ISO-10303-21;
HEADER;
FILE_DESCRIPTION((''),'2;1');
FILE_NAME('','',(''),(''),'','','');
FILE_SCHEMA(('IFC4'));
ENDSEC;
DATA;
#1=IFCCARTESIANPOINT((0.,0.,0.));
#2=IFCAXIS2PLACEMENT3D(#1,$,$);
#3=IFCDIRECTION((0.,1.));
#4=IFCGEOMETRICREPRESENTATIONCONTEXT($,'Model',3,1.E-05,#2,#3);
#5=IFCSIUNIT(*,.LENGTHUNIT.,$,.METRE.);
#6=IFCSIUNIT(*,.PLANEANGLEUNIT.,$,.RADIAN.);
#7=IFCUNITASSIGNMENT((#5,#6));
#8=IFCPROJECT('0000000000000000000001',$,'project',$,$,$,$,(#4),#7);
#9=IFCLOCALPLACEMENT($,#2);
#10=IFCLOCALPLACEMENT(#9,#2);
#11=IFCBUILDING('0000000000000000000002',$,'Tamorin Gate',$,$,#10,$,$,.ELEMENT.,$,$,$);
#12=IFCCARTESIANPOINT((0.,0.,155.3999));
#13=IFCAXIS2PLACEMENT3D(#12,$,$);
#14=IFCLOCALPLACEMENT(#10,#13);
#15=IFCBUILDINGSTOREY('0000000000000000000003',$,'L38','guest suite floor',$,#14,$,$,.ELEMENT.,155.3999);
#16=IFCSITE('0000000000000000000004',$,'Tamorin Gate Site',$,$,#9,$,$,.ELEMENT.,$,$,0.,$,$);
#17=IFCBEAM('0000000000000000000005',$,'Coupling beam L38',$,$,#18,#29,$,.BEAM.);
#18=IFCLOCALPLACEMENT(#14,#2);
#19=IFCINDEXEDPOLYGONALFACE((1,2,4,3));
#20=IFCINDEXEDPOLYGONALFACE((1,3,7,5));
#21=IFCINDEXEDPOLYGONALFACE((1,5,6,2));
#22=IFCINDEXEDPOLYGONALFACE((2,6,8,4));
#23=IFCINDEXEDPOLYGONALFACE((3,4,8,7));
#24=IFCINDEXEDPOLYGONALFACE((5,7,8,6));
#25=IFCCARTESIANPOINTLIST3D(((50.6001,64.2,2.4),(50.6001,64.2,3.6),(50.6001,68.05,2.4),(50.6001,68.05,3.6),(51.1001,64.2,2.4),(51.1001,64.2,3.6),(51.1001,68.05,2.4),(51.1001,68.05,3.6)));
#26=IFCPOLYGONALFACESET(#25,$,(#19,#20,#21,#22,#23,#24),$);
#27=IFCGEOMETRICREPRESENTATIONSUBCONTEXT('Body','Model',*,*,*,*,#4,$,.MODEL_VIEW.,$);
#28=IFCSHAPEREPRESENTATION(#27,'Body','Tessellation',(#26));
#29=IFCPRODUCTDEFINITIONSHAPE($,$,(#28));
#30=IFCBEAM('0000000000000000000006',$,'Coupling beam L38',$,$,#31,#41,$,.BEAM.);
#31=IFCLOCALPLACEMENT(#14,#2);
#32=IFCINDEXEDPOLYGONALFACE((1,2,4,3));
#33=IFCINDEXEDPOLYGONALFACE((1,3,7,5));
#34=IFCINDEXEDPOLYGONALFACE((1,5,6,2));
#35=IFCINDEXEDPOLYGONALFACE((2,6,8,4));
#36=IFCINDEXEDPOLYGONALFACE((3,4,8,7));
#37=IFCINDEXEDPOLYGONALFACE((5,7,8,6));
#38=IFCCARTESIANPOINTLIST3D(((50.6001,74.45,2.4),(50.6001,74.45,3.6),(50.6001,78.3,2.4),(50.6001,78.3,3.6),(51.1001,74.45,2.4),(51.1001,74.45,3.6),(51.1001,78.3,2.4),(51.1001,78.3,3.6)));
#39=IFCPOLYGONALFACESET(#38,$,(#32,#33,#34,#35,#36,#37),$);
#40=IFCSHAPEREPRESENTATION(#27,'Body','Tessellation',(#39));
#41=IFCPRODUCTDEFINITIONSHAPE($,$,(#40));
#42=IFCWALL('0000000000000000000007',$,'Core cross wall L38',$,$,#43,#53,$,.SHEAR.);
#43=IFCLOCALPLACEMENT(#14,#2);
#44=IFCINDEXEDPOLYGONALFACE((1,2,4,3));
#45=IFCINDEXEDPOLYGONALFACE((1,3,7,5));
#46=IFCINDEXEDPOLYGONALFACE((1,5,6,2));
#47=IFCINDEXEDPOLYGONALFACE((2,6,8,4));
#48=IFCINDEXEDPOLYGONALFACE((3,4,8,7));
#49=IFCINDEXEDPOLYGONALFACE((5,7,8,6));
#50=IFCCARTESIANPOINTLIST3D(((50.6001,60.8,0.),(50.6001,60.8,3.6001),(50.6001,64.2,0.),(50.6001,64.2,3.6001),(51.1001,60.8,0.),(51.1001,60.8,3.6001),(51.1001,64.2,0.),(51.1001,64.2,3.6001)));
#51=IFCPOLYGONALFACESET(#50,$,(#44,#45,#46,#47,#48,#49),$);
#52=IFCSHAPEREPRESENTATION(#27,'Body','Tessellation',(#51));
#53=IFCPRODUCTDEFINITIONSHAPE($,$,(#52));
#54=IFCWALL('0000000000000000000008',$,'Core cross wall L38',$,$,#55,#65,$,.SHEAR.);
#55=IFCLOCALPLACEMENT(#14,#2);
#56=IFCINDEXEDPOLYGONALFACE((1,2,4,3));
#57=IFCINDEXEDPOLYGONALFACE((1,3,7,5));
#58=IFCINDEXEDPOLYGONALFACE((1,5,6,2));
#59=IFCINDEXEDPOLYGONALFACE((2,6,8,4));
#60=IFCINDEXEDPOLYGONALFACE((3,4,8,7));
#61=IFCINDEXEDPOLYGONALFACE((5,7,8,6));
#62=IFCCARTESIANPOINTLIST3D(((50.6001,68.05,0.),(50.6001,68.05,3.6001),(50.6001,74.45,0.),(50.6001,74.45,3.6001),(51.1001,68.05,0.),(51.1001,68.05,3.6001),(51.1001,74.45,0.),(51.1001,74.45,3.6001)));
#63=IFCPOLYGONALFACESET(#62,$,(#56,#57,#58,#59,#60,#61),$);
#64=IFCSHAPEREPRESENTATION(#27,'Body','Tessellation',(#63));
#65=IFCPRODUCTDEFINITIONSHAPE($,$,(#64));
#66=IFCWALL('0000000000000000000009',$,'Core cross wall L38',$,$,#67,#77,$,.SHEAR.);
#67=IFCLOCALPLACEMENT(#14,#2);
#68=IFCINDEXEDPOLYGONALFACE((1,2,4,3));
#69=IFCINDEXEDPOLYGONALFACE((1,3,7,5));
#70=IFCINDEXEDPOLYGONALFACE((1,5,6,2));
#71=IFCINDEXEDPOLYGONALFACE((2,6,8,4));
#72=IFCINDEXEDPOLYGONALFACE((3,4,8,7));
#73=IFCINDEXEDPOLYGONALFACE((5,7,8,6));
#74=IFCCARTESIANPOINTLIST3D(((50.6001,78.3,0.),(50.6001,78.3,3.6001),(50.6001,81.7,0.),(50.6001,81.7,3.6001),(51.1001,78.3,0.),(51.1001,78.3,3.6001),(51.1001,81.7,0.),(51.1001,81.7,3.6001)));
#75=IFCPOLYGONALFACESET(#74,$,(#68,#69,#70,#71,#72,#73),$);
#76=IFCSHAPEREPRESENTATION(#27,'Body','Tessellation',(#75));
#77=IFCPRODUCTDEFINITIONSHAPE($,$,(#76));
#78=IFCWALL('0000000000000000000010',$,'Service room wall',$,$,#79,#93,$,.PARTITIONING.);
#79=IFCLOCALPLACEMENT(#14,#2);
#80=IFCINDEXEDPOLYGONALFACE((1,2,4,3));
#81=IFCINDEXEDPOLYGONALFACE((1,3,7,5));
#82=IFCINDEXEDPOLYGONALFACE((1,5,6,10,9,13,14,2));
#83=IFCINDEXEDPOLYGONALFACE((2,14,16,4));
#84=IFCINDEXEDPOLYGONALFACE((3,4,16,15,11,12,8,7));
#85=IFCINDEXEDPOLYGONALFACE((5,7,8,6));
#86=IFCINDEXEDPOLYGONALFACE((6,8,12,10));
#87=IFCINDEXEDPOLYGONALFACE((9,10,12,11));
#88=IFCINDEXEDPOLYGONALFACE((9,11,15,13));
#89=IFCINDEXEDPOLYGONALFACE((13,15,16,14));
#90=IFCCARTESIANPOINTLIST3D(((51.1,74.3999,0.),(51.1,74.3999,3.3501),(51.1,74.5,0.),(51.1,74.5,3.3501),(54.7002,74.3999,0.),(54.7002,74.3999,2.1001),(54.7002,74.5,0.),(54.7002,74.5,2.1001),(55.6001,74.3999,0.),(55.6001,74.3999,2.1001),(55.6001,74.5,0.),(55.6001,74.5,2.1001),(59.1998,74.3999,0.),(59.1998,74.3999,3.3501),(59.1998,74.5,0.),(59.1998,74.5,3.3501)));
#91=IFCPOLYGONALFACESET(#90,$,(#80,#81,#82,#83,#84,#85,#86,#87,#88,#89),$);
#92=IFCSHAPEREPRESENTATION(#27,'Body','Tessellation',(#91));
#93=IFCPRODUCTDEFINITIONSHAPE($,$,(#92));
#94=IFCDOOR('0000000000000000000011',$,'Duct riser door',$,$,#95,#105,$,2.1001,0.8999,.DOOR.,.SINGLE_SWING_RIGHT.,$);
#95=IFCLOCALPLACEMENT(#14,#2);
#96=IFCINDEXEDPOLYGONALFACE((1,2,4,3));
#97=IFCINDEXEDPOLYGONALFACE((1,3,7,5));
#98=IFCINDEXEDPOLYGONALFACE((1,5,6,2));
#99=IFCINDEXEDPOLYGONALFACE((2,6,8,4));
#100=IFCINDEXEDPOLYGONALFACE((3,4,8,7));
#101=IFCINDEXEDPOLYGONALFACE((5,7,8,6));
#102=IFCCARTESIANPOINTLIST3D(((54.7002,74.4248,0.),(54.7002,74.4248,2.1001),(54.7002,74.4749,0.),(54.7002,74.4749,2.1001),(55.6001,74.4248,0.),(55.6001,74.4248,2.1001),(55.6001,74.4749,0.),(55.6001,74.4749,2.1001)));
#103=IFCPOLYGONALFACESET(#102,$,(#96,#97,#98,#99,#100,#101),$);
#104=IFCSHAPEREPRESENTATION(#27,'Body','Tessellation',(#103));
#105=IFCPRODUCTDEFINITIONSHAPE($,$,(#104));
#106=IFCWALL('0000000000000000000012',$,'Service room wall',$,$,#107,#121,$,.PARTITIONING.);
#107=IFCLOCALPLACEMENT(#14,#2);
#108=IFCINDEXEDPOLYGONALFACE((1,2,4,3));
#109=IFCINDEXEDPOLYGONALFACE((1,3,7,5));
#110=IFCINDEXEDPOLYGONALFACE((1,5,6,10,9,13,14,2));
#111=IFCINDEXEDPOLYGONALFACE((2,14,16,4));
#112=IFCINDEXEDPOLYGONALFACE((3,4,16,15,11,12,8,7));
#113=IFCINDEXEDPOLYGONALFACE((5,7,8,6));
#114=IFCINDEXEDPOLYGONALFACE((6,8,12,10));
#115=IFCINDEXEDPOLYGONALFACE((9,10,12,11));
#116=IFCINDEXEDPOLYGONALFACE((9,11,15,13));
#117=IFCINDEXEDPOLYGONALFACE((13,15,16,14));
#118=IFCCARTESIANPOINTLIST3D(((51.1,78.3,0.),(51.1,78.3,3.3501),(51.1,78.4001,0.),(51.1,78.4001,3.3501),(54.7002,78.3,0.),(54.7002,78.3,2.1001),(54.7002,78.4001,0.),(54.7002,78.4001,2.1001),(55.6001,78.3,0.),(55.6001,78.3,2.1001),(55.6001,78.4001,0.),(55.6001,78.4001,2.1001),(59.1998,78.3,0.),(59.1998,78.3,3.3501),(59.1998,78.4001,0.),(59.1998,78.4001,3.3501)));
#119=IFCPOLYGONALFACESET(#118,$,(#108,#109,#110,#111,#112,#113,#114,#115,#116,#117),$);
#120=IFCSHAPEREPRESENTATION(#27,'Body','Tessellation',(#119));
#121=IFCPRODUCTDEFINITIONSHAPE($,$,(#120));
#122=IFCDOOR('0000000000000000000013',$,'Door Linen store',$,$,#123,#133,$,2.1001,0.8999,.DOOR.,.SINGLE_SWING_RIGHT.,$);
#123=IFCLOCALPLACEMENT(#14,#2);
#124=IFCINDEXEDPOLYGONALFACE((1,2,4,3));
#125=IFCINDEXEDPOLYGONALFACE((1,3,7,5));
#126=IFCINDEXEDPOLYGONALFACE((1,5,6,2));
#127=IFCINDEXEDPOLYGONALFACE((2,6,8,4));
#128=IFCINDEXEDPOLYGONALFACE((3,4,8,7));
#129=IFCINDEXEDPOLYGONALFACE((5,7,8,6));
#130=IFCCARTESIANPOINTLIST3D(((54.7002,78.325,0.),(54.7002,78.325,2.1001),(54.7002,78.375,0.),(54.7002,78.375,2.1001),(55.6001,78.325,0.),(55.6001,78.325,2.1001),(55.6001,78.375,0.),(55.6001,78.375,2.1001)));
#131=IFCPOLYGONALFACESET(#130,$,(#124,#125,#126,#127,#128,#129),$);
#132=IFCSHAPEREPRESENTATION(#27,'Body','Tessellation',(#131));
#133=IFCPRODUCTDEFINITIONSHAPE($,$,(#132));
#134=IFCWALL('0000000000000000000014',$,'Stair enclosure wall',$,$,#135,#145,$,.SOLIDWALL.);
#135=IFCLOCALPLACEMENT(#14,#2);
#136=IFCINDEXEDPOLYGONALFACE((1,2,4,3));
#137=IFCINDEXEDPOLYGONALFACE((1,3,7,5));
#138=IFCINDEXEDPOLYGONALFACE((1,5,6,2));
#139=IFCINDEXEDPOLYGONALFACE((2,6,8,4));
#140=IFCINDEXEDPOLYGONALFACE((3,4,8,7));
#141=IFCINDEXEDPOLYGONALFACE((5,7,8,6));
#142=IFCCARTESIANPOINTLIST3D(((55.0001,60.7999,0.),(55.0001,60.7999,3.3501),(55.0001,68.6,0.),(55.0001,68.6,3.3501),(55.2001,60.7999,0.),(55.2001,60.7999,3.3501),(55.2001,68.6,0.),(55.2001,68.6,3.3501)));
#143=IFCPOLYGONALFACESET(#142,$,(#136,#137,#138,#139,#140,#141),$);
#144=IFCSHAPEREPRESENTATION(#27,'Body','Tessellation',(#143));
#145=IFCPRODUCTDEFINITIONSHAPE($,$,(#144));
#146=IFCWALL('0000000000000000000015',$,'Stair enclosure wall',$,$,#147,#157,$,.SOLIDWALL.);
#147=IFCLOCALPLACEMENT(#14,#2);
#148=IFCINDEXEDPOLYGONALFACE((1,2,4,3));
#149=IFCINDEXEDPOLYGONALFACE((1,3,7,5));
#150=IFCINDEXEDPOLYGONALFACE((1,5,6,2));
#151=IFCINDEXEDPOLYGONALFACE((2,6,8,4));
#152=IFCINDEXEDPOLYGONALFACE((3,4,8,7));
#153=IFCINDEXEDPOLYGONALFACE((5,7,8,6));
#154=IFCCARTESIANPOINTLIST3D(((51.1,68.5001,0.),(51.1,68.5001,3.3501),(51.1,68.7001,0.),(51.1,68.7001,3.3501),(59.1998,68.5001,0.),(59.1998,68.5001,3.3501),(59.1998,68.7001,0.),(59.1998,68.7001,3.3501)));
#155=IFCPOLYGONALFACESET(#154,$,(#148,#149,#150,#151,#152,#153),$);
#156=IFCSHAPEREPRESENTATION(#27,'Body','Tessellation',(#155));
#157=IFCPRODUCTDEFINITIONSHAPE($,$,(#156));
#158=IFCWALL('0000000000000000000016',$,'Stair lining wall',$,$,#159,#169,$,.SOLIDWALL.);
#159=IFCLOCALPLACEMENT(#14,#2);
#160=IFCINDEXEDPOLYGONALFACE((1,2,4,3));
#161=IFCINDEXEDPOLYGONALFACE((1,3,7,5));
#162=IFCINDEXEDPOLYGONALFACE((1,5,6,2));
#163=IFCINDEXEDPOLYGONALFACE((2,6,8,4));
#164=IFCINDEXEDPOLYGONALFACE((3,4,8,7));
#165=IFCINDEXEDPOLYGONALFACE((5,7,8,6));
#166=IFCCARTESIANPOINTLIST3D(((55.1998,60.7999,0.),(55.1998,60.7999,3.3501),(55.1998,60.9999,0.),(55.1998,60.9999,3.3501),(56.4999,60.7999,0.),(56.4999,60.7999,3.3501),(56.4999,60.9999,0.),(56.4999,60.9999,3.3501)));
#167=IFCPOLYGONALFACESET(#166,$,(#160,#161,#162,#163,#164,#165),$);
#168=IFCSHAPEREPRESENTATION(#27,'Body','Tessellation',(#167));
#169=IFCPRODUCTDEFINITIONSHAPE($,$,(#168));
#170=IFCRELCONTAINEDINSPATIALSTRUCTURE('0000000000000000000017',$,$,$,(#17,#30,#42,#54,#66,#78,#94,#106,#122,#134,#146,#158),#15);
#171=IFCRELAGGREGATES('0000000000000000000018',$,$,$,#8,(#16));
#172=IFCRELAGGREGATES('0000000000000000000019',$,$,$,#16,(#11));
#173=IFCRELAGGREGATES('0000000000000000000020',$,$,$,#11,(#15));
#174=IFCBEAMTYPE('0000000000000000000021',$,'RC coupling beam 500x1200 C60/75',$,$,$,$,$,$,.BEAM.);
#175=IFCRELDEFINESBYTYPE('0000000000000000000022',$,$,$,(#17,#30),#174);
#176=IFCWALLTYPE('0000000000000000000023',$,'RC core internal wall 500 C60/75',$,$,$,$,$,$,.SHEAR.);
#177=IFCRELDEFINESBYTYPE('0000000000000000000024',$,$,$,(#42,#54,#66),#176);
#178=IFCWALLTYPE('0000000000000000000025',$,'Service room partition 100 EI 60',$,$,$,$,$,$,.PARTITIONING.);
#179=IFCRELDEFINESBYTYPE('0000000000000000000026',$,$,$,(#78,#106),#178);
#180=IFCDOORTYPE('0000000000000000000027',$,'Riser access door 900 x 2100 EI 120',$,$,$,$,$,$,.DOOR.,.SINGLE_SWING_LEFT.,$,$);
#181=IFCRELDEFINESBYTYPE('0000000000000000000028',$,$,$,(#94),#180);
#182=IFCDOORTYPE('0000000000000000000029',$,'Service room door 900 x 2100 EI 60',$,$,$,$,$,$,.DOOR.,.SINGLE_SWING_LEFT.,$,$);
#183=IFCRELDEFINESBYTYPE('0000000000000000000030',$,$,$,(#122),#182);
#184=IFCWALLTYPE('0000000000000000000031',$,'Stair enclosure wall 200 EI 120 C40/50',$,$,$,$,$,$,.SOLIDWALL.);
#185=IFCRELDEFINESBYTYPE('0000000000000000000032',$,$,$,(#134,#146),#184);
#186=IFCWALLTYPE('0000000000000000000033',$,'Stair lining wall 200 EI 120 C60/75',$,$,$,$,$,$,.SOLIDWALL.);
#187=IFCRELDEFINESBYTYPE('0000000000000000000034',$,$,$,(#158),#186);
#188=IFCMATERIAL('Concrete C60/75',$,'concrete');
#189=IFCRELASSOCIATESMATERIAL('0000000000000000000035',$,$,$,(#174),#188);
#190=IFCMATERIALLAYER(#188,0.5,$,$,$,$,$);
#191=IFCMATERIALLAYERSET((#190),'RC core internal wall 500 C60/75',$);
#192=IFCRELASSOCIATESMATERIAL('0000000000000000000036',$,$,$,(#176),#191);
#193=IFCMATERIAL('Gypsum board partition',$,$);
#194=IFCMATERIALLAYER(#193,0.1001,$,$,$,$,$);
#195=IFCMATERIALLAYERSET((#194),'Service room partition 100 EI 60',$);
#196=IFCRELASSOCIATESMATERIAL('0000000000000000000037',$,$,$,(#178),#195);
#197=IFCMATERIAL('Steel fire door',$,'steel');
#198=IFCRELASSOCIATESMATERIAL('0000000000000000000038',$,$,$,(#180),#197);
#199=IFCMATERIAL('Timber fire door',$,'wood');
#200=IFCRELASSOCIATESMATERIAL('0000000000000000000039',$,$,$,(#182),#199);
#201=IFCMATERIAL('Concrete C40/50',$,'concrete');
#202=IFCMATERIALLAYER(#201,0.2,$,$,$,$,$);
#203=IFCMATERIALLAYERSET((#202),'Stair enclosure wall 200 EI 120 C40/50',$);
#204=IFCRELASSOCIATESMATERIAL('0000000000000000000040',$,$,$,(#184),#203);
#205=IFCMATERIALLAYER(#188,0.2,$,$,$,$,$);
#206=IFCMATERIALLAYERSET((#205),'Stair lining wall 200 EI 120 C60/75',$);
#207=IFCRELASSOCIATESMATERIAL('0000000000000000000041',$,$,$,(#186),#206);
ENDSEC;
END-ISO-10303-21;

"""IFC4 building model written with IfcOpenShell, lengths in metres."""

from ifc_helpers import new_model, si_unit, direction, frame, frame_2d, origin, origin_2d, place, context, subcontext, project, spatial, rectangle, extrude, material, layer, layer_set, material_profile, profile_set, type_object, element, fill, save


model = new_model("IFC4")

# Units and contexts
model_context = context("Model", 3, precision=1e-05, world=origin(), true_north=direction((0.0, 1.0)))
body_context = subcontext(model_context, "Body", "Model", "MODEL_VIEW")
ifc_project = project(units=[si_unit("LENGTHUNIT", "METRE"), si_unit("PLANEANGLEUNIT", "RADIAN")], contexts=[model_context])

# Site, building, storey
site_placement = place(None, origin())
site = spatial("IfcSite", under=ifc_project, at=site_placement, Name="Tamorin Gate Site", CompositionType="ELEMENT", RefElevation=0.0)
building_placement = place(site_placement, origin())
building = spatial("IfcBuilding", under=site, at=building_placement, Name="Tamorin Gate", CompositionType="ELEMENT")
storey_placement = place(building_placement, frame((0.0, 0.0, 155.3999)))
storey = spatial("IfcBuildingStorey", under=building, at=storey_placement, Name="L38", Description="guest suite floor", CompositionType="ELEMENT", Elevation=155.3999)

# Beams
ifc_material_1 = material(Name="Concrete C60/75", Category="concrete")
ifc_material_profile = material_profile(ifc_material_1, rectangle(XDim=0.5, YDim=1.2, at=origin_2d()), Name="RC 500x1200")
ifc_profile_set = profile_set([ifc_material_profile], Name="Concrete C60/75")
beam_type = type_object("IfcBeamType", Name="RC coupling beam 500x1200 C60/75", PredefinedType="BEAM", material=ifc_profile_set)
for number, where, z_axis, x_axis, name in (
    (1, (50.8501, 64.2, 3.0), (0.0, 1.0, 0.0), (-1.0, 0.0, 0.0), "Coupling beam L38"),
    (2, (50.8501, 74.45, 3.0), (0.0, 1.0, 0.0), (-1.0, 0.0, 0.0), "Coupling beam L38"),
):
    element("IfcBeam", number, at=place(storey_placement, frame(where, z_axis=z_axis, x_axis=x_axis)), inside=storey, type_object=beam_type, Name=name, PredefinedType="BEAM", context=body_context, shape_type="SweptSolid", body=[
        extrude(rectangle(XDim=0.5, YDim=1.2, at=origin_2d()), origin(), (0.0, 0.0, 1.0), 3.8501),
    ])

# Walls
ifc_layer_1 = layer(ifc_material_1, 0.5)
ifc_layer_set_1 = layer_set([ifc_layer_1], Name="RC core internal wall 500 C60/75")
wall_type_1 = type_object("IfcWallType", Name="RC core internal wall 500 C60/75", PredefinedType="SHEAR", material=ifc_layer_set_1)
wall_1_placement = place(storey_placement, frame((50.8501, 60.8, 0.0), z_axis=(0.0, 0.0, 1.0), x_axis=(0.0, 1.0, 0.0)))
element("IfcWall", 3, at=wall_1_placement, inside=storey, type_object=wall_type_1, Name="Core cross wall L38", PredefinedType="SHEAR", context=body_context, shape_type="SweptSolid", body=[
    extrude(rectangle(XDim=3.3999, YDim=0.5, at=frame_2d((1.7, 0.0))), origin(), (0.0, 0.0, 1.0), 3.6001),
])
wall_2_placement = place(storey_placement, frame((50.8501, 68.05, 0.0), z_axis=(0.0, 0.0, 1.0), x_axis=(0.0, 1.0, 0.0)))
element("IfcWall", 4, at=wall_2_placement, inside=storey, type_object=wall_type_1, Name="Core cross wall L38", PredefinedType="SHEAR", context=body_context, shape_type="SweptSolid", body=[
    extrude(rectangle(XDim=6.3999, YDim=0.5, at=frame_2d((3.2, 0.0))), origin(), (0.0, 0.0, 1.0), 3.6001),
])
wall_3_placement = place(storey_placement, frame((50.8501, 78.3, 0.0), z_axis=(0.0, 0.0, 1.0), x_axis=(0.0, 1.0, 0.0)))
element("IfcWall", 5, at=wall_3_placement, inside=storey, type_object=wall_type_1, Name="Core cross wall L38", PredefinedType="SHEAR", context=body_context, shape_type="SweptSolid", body=[
    extrude(rectangle(XDim=3.3999, YDim=0.5, at=frame_2d((1.7, 0.0))), origin(), (0.0, 0.0, 1.0), 3.6001),
])

# Walls, openings, doors
ifc_material_2 = material(Name="Gypsum board partition")
ifc_layer_2 = layer(ifc_material_2, 0.1001)
ifc_layer_set_2 = layer_set([ifc_layer_2], Name="Service room partition 100 EI 60")
wall_type_2 = type_object("IfcWallType", Name="Service room partition 100 EI 60", PredefinedType="PARTITIONING", material=ifc_layer_set_2)
wall_4_placement = place(storey_placement, frame((51.1001, 74.45, 0.0), z_axis=(0.0, 0.0, 1.0), x_axis=(1.0, 0.0, 0.0)))
wall_4 = element("IfcWall", 6, at=wall_4_placement, inside=storey, type_object=wall_type_2, Name="Service room wall", PredefinedType="PARTITIONING", context=body_context, shape_type="SweptSolid", body=[
    extrude(rectangle(XDim=8.0999, YDim=0.1001, at=frame_2d((4.0498, 0.0))), origin(), (0.0, 0.0, 1.0), 3.3501),
])
opening_1_placement = place(wall_4_placement, frame((3.6001, 0.0, 0.0)))
opening_1 = element("IfcOpeningElement", 7, at=opening_1_placement, cuts=wall_4, PredefinedType="OPENING", context=body_context, shape_type="SweptSolid", body=[
    extrude(rectangle(XDim=0.8999, YDim=2.1001, at=frame_2d((0.45, 1.05))), frame((0.0, 0.0601, 0.0), z_axis=(0.0, -1.0, 0.0), x_axis=(1.0, 0.0, 0.0)), (0.0, 0.0, 1.0), 0.1201),
])
ifc_material_3 = material(Name="Steel fire door", Category="steel")
door_type_1 = type_object("IfcDoorType", Name="Riser access door 900 x 2100 EI 120", OperationType="SINGLE_SWING_LEFT", PredefinedType="DOOR", material=ifc_material_3)
door_1_placement = place(opening_1_placement, origin())
door_1 = element("IfcDoor", 8, at=door_1_placement, inside=storey, type_object=door_type_1, Name="Duct riser door", OperationType="SINGLE_SWING_RIGHT", OverallHeight=2.1001, OverallWidth=0.8999, PredefinedType="DOOR", context=body_context, shape_type="SweptSolid", body=[
    extrude(rectangle(XDim=0.8999, YDim=2.1001, at=frame_2d((0.45, 1.05))), frame((0.0, 0.0249, 0.0), z_axis=(0.0, -1.0, 0.0), x_axis=(1.0, 0.0, 0.0)), (0.0, 0.0, 1.0), 0.05),
])
fill(opening_1, door_1)
wall_5_placement = place(storey_placement, frame((51.1001, 78.3501, 0.0), z_axis=(0.0, 0.0, 1.0), x_axis=(1.0, 0.0, 0.0)))
wall_5 = element("IfcWall", 9, at=wall_5_placement, inside=storey, type_object=wall_type_2, Name="Service room wall", PredefinedType="PARTITIONING", context=body_context, shape_type="SweptSolid", body=[
    extrude(rectangle(XDim=8.0999, YDim=0.1001, at=frame_2d((4.0498, 0.0))), origin(), (0.0, 0.0, 1.0), 3.3501),
])
opening_2_placement = place(wall_5_placement, frame((3.6001, 0.0, 0.0)))
opening_2 = element("IfcOpeningElement", 10, at=opening_2_placement, cuts=wall_5, PredefinedType="OPENING", context=body_context, shape_type="SweptSolid", body=[
    extrude(rectangle(XDim=0.8999, YDim=2.1001, at=frame_2d((0.45, 1.05))), frame((0.0, 0.0601, 0.0), z_axis=(0.0, -1.0, 0.0), x_axis=(1.0, 0.0, 0.0)), (0.0, 0.0, 1.0), 0.1201),
])
ifc_material_4 = material(Name="Timber fire door", Category="wood")
door_type_2 = type_object("IfcDoorType", Name="Service room door 900 x 2100 EI 60", OperationType="SINGLE_SWING_LEFT", PredefinedType="DOOR", material=ifc_material_4)
door_2_placement = place(opening_2_placement, origin())
door_2 = element("IfcDoor", 11, at=door_2_placement, inside=storey, type_object=door_type_2, Name="Door Linen store", OperationType="SINGLE_SWING_RIGHT", OverallHeight=2.1001, OverallWidth=0.8999, PredefinedType="DOOR", context=body_context, shape_type="SweptSolid", body=[
    extrude(rectangle(XDim=0.8999, YDim=2.1001, at=frame_2d((0.45, 1.05))), frame((0.0, 0.0249, 0.0), z_axis=(0.0, -1.0, 0.0), x_axis=(1.0, 0.0, 0.0)), (0.0, 0.0, 1.0), 0.05),
])
fill(opening_2, door_2)

# Walls
ifc_material_5 = material(Name="Concrete C40/50", Category="concrete")
ifc_layer_3 = layer(ifc_material_5, 0.2)
ifc_layer_set_3 = layer_set([ifc_layer_3], Name="Stair enclosure wall 200 EI 120 C40/50")
wall_type_3 = type_object("IfcWallType", Name="Stair enclosure wall 200 EI 120 C40/50", PredefinedType="SOLIDWALL", material=ifc_layer_set_3)
wall_6_placement = place(storey_placement, frame((55.1001, 60.8, 0.0), z_axis=(0.0, 0.0, 1.0), x_axis=(0.0, 1.0, 0.0)))
element("IfcWall", 12, at=wall_6_placement, inside=storey, type_object=wall_type_3, Name="Stair enclosure wall", PredefinedType="SOLIDWALL", context=body_context, shape_type="SweptSolid", body=[
    extrude(rectangle(XDim=7.8, YDim=0.2, at=frame_2d((3.8999, 0.0))), origin(), (0.0, 0.0, 1.0), 3.3501),
])
wall_7_placement = place(storey_placement, frame((51.1001, 68.6001, 0.0), z_axis=(0.0, 0.0, 1.0), x_axis=(1.0, 0.0, 0.0)))
element("IfcWall", 13, at=wall_7_placement, inside=storey, type_object=wall_type_3, Name="Stair enclosure wall", PredefinedType="SOLIDWALL", context=body_context, shape_type="SweptSolid", body=[
    extrude(rectangle(XDim=8.0999, YDim=0.2, at=frame_2d((4.0498, 0.0))), origin(), (0.0, 0.0, 1.0), 3.3501),
])
ifc_layer_4 = layer(ifc_material_1, 0.2)
ifc_layer_set_4 = layer_set([ifc_layer_4], Name="Stair lining wall 200 EI 120 C60/75")
wall_type_4 = type_object("IfcWallType", Name="Stair lining wall 200 EI 120 C60/75", PredefinedType="SOLIDWALL", material=ifc_layer_set_4)
wall_8_placement = place(storey_placement, frame((55.2, 60.8999, 0.0), z_axis=(0.0, 0.0, 1.0), x_axis=(1.0, 0.0, 0.0)))
element("IfcWall", 14, at=wall_8_placement, inside=storey, type_object=wall_type_4, Name="Stair lining wall", PredefinedType="SOLIDWALL", context=body_context, shape_type="SweptSolid", body=[
    extrude(rectangle(XDim=1.3, YDim=0.2, at=frame_2d((0.6499, 0.0))), origin(), (0.0, 0.0, 1.0), 3.3501),
])

save(model, "model.ifc")
